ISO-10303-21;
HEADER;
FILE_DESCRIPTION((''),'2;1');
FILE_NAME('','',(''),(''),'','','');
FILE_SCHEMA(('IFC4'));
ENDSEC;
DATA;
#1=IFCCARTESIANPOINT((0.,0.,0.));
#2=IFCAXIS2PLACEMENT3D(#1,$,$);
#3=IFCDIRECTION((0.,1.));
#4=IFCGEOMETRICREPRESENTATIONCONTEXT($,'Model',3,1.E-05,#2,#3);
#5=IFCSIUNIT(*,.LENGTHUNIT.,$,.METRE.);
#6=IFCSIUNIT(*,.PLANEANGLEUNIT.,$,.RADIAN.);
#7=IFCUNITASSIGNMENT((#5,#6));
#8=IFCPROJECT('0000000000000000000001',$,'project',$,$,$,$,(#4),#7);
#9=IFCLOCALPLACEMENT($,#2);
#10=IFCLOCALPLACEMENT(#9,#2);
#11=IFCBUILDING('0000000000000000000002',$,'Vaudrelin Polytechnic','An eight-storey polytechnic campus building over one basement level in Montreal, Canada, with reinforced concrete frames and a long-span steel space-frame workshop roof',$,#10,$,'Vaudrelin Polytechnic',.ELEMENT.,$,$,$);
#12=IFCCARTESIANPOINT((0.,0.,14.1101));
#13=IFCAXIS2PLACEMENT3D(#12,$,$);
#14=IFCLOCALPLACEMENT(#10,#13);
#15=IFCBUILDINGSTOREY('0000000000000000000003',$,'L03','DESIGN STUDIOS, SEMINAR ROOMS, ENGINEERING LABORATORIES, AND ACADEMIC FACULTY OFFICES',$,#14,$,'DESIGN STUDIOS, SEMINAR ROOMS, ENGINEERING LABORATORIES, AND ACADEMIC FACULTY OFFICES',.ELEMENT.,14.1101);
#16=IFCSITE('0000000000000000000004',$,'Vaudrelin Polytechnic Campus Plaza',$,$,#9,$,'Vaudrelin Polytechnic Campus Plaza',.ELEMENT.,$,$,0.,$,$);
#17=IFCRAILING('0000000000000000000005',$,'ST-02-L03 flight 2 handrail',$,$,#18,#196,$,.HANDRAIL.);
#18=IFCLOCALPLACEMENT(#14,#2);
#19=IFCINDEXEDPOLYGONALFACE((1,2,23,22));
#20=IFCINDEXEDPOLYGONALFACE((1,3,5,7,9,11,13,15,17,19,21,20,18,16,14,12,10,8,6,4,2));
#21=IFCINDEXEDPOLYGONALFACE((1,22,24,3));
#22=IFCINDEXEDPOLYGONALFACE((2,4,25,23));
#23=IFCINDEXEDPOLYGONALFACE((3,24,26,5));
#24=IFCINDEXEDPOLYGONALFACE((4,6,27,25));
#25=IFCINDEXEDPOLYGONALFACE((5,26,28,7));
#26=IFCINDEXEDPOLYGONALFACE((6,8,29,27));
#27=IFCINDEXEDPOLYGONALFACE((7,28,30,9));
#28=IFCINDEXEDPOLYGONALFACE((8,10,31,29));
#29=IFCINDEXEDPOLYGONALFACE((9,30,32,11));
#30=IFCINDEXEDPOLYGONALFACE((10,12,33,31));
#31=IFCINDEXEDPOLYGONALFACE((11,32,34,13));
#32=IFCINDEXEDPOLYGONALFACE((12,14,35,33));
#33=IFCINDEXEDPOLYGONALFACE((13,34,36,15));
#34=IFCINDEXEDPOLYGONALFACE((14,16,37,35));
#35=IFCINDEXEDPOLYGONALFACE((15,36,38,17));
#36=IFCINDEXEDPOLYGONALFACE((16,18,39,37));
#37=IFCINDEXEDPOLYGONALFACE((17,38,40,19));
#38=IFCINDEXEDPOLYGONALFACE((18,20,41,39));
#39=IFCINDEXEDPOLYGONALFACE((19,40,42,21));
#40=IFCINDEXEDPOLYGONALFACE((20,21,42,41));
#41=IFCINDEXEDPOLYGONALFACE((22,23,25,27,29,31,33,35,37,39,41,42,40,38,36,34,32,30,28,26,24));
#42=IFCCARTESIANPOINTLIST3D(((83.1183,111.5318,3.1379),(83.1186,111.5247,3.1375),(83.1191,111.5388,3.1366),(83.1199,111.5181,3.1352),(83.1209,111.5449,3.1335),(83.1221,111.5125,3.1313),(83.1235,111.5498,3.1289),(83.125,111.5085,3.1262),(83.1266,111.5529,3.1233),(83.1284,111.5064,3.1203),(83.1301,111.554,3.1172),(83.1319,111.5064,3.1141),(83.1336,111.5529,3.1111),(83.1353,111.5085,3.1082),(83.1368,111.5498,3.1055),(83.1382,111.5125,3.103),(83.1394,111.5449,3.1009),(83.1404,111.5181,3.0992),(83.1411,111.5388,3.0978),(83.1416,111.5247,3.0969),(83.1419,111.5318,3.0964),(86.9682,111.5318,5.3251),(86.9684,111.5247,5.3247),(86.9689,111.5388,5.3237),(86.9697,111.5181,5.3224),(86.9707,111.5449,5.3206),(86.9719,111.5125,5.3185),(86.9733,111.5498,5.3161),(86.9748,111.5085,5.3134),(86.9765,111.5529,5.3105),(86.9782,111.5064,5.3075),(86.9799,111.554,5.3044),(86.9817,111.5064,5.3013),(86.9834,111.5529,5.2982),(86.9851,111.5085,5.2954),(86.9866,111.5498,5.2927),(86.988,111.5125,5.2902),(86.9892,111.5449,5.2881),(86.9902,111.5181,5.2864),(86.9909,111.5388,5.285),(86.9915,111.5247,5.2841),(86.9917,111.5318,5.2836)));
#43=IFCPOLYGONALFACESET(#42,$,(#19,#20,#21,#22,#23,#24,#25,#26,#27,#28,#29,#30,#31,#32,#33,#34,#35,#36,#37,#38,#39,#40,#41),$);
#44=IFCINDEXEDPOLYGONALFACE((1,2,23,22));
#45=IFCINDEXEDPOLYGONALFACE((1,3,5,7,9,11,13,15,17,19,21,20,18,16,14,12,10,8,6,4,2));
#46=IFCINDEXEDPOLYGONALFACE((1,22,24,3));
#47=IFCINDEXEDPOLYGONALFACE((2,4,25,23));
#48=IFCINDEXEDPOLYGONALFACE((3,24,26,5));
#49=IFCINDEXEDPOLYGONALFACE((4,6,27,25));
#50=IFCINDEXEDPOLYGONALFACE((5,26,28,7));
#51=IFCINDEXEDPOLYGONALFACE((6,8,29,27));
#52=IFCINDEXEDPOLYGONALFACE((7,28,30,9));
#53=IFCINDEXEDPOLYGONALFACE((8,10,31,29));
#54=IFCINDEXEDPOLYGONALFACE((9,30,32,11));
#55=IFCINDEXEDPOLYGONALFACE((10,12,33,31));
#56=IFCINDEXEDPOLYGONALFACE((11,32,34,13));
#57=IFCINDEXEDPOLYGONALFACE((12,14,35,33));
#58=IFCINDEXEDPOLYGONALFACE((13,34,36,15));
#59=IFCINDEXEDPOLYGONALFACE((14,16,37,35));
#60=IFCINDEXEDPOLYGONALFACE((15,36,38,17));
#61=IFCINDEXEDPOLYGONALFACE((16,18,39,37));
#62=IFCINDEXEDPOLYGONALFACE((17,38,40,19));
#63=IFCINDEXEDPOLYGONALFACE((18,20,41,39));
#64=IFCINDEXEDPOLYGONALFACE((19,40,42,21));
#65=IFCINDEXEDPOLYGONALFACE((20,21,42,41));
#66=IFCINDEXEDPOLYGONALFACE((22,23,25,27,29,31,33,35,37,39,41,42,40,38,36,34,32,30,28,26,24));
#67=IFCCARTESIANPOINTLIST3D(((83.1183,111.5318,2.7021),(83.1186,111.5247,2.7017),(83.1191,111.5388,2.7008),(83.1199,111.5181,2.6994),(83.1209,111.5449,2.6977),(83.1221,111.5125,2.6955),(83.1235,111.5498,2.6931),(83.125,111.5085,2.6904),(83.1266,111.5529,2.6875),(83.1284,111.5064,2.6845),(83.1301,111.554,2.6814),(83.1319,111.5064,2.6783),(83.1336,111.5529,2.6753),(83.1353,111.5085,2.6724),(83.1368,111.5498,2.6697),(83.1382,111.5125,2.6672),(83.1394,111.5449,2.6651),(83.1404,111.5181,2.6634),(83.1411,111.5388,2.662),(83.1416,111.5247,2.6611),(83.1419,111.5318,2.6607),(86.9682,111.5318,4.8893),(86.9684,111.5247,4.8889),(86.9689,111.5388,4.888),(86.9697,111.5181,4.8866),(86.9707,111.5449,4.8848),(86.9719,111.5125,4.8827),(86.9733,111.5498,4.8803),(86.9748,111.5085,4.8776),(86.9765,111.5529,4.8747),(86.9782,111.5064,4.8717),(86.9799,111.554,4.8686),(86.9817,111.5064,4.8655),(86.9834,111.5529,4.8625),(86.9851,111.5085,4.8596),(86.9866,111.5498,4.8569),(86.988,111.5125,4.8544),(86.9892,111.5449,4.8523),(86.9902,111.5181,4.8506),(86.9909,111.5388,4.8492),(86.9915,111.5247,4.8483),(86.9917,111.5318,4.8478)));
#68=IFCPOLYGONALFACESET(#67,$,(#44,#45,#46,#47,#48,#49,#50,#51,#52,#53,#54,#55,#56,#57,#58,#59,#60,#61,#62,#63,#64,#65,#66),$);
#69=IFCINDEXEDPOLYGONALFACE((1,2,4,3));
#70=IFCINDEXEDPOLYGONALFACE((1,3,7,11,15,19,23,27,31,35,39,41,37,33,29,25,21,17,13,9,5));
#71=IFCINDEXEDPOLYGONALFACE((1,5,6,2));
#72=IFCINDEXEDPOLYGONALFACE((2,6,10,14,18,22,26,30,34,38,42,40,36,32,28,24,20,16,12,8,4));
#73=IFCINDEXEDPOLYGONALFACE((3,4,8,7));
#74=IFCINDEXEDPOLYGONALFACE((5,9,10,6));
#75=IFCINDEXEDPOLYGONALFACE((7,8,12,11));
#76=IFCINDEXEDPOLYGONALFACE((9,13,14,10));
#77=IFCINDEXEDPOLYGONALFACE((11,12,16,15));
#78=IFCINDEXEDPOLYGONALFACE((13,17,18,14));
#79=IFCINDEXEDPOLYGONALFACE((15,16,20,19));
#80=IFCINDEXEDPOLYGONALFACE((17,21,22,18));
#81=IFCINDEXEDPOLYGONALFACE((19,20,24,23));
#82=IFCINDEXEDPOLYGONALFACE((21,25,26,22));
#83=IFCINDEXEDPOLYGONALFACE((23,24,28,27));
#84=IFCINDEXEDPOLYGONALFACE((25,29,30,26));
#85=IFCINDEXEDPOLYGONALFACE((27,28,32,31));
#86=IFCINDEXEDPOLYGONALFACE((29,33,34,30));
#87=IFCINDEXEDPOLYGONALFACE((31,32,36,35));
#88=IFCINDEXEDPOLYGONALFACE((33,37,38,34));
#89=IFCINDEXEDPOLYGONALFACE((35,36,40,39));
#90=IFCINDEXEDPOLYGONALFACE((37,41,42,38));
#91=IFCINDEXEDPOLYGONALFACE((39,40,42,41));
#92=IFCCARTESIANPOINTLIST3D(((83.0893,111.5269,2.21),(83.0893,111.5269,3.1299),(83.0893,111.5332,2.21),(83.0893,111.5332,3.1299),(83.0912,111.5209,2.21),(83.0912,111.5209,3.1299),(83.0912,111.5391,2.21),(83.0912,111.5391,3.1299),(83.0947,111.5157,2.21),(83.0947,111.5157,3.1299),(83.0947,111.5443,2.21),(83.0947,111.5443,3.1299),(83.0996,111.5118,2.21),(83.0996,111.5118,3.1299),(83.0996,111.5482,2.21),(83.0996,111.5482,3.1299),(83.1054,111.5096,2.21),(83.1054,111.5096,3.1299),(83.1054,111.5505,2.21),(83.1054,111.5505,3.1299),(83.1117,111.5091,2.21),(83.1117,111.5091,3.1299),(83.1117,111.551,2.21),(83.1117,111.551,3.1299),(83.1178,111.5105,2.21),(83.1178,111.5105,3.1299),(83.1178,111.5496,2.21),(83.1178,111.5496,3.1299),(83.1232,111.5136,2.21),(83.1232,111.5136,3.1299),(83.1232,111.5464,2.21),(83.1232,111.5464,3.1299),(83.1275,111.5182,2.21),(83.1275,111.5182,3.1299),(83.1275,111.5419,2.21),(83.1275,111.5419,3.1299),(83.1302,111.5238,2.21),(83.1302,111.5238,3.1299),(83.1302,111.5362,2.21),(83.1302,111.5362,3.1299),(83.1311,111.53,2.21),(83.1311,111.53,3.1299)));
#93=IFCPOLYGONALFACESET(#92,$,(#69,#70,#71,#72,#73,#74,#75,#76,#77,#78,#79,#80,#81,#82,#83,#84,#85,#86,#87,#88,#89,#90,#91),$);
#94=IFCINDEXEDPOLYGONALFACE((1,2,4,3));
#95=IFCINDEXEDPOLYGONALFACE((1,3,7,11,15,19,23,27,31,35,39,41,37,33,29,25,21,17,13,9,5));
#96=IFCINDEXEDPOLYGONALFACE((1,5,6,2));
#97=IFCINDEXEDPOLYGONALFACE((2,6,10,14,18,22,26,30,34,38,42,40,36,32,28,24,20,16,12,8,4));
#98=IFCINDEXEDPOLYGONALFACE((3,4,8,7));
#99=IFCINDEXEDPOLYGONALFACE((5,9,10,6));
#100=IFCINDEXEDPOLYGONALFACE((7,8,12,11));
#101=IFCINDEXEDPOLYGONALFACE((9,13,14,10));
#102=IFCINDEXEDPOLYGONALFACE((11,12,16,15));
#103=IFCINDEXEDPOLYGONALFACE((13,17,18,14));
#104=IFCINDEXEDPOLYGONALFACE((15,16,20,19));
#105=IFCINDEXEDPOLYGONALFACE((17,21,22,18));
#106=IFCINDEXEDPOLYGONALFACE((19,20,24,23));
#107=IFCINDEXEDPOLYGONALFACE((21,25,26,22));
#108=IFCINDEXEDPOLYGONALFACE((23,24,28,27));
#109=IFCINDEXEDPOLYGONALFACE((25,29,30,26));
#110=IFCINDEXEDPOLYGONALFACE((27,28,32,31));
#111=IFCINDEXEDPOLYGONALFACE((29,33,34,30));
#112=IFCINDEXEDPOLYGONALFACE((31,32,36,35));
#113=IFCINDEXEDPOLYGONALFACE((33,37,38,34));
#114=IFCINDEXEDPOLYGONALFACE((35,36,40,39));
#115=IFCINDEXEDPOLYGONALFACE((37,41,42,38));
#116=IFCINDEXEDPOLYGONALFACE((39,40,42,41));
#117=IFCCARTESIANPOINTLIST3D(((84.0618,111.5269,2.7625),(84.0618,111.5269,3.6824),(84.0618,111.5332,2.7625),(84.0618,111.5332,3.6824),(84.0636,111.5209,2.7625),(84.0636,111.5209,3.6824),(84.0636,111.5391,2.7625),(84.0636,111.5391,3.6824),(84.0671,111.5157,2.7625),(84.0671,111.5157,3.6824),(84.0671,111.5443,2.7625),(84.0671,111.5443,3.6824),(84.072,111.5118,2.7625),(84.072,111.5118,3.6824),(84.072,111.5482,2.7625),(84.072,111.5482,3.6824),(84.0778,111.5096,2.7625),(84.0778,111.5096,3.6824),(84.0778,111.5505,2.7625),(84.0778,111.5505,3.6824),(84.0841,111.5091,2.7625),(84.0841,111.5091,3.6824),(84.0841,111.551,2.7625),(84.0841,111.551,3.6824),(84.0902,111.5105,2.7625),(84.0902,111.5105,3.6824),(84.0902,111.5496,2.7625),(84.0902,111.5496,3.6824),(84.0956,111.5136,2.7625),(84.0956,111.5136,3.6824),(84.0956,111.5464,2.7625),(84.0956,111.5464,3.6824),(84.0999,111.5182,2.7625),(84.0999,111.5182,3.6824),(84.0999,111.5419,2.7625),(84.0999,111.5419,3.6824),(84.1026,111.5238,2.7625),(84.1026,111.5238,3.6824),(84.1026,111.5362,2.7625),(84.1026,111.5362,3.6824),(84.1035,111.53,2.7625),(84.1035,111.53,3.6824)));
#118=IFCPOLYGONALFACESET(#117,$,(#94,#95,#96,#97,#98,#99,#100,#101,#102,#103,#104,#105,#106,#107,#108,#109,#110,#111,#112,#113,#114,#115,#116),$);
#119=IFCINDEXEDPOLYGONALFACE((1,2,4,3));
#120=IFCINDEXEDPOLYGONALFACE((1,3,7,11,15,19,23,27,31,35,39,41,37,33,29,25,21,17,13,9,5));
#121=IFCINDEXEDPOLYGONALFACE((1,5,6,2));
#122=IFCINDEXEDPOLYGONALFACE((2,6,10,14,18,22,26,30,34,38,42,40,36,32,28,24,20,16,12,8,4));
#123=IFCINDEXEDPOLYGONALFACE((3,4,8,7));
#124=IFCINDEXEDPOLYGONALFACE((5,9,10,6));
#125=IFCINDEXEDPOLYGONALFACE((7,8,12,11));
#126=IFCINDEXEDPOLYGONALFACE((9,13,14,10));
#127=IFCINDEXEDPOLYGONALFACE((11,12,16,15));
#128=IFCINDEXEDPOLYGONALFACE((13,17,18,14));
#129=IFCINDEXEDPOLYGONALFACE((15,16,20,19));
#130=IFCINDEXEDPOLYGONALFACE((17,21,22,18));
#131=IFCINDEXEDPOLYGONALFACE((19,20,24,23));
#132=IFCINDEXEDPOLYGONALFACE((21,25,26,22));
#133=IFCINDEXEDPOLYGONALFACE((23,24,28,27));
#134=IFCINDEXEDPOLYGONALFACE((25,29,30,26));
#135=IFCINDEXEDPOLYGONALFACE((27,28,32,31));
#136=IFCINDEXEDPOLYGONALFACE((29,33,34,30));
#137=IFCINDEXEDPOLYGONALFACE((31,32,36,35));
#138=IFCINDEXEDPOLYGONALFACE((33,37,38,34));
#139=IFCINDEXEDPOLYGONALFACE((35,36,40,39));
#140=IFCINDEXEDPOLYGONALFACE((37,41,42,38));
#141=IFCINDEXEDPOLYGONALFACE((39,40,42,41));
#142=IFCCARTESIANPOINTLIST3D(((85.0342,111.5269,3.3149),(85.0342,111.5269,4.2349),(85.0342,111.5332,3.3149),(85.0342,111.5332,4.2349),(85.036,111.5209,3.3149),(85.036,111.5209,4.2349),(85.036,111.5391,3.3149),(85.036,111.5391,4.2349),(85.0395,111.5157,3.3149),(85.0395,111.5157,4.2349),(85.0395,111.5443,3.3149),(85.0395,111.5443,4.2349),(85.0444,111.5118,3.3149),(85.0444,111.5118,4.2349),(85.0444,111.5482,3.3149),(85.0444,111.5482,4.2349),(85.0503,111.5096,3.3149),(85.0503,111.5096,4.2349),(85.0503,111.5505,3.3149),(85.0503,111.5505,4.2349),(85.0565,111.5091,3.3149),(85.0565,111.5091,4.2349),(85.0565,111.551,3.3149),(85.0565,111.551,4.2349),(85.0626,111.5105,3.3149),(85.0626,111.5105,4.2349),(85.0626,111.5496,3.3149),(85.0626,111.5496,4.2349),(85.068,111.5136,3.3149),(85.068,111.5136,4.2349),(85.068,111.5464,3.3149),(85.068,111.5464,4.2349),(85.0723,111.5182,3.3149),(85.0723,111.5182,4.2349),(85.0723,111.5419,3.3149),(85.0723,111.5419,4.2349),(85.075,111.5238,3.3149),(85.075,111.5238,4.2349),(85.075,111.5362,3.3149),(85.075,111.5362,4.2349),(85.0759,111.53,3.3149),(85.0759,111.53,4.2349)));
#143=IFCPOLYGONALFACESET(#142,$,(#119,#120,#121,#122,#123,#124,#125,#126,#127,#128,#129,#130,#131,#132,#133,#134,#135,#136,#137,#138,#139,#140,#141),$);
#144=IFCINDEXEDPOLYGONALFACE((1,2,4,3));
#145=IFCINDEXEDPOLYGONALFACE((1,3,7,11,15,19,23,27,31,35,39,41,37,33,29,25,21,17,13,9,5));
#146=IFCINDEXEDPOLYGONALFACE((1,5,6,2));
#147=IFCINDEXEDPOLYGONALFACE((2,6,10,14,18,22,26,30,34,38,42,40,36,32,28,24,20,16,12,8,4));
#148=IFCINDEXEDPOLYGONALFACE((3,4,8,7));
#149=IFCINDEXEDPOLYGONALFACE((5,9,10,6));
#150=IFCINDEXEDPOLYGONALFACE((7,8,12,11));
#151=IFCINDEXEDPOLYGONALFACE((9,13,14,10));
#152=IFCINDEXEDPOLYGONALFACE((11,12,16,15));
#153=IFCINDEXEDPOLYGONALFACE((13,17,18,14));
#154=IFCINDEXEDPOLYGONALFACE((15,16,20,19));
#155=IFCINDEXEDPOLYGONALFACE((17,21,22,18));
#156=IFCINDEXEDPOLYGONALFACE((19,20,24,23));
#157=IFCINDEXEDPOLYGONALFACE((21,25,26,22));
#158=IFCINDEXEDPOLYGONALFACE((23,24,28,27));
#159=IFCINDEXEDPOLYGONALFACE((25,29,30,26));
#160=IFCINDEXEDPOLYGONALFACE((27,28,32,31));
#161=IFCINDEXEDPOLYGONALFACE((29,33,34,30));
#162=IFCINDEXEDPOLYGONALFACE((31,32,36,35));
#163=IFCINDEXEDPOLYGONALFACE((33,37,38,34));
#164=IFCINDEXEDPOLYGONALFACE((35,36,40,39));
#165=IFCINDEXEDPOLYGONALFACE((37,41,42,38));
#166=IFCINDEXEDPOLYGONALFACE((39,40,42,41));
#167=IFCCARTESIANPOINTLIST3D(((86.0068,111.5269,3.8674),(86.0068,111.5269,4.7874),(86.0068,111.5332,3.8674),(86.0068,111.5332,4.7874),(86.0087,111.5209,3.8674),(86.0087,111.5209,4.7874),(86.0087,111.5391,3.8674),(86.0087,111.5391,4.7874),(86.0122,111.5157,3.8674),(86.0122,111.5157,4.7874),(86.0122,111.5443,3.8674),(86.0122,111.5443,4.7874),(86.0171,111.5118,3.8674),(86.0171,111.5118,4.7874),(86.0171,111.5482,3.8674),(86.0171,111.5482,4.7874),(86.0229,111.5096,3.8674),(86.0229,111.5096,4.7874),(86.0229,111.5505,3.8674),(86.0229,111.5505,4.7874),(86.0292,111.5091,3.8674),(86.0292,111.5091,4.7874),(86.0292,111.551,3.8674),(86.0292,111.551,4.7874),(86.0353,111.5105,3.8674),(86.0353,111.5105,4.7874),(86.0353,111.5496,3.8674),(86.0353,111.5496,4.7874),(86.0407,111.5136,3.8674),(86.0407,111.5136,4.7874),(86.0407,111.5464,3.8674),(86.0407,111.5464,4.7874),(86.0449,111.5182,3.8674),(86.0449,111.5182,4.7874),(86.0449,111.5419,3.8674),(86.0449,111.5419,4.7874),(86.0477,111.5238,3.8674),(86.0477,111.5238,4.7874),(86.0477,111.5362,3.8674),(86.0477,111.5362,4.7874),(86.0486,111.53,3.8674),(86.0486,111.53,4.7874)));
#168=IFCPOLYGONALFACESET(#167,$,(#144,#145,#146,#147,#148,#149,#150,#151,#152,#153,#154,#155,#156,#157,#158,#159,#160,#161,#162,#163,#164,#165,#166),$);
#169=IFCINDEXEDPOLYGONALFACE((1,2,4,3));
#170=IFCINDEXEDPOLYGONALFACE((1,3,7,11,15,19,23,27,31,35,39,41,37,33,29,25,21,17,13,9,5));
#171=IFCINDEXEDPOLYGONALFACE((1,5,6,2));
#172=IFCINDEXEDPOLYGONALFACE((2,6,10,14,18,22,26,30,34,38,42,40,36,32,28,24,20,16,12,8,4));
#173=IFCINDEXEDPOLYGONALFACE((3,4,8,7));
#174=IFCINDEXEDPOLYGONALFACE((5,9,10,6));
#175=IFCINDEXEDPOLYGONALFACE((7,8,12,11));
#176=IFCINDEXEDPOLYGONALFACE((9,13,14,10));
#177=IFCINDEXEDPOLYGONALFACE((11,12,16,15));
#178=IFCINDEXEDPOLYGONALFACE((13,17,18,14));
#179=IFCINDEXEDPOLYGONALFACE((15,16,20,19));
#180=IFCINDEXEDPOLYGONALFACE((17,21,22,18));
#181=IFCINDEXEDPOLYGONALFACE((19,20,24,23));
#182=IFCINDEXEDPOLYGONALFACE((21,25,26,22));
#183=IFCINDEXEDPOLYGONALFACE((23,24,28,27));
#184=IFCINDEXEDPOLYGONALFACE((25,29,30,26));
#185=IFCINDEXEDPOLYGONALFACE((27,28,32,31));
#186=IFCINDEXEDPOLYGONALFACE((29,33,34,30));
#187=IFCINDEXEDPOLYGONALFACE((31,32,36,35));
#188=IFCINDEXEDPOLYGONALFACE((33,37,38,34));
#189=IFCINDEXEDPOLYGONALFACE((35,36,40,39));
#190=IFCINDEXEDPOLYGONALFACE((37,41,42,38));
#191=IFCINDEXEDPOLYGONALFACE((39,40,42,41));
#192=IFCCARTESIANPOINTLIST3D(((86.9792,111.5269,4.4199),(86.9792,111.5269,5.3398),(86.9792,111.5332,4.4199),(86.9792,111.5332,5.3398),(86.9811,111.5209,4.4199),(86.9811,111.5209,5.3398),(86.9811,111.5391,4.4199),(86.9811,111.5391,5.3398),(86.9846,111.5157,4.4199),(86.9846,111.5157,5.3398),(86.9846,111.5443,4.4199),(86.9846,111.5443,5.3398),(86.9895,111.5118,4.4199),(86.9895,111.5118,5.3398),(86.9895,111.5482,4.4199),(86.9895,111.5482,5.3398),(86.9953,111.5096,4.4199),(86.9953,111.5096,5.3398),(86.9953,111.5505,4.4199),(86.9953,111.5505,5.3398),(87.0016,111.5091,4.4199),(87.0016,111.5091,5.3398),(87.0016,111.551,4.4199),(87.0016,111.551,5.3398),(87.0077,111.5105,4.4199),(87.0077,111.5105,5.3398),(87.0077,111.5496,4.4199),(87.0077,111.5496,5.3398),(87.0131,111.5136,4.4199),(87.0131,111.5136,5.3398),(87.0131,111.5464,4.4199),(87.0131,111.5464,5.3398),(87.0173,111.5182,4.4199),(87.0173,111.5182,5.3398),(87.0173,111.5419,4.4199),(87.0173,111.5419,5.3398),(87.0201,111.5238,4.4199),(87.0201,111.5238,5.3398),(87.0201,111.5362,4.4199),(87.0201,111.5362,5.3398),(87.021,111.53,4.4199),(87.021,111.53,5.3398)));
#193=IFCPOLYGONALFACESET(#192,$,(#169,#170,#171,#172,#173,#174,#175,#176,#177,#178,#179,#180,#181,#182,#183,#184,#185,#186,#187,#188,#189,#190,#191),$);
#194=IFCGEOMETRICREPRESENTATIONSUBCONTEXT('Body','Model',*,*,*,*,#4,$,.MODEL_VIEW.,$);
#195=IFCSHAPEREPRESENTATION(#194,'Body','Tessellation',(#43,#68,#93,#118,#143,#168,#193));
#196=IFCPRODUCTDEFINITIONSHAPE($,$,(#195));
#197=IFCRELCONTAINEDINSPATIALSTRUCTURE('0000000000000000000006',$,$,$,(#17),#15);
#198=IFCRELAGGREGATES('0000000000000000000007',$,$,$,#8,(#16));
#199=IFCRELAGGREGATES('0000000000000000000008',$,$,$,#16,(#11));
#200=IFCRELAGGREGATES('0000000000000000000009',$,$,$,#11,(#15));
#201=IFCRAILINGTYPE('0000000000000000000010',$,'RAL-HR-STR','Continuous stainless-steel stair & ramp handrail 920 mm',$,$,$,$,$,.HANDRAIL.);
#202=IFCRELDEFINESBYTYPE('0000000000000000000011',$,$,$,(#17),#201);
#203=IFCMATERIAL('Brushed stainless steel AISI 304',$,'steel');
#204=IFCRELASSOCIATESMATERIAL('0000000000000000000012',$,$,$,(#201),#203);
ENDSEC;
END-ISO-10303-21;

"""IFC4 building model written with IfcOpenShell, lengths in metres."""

from ifc_helpers import new_model, si_unit, direction, frame, origin, origin_2d, place, context, subcontext, project, spatial, circle, extrude, material, type_object, element, save


model = new_model("IFC4")

# Units and contexts
model_context = context("Model", 3, precision=1e-05, world=origin(), true_north=direction((0.0, 1.0)))
body_context = subcontext(model_context, "Body", "Model", "MODEL_VIEW")
ifc_project = project(units=[si_unit("LENGTHUNIT", "METRE"), si_unit("PLANEANGLEUNIT", "RADIAN")], contexts=[model_context])

# Site, building, storey
site_placement = place(None, origin())
site = spatial("IfcSite", under=ifc_project, at=site_placement, Name="Vaudrelin Polytechnic Campus Plaza", LongName="Vaudrelin Polytechnic Campus Plaza", CompositionType="ELEMENT", RefElevation=0.0)
building_placement = place(site_placement, origin())
building = spatial("IfcBuilding", under=site, at=building_placement, Name="Vaudrelin Polytechnic", Description="An eight-storey polytechnic campus building over one basement level in Montreal, Canada, with reinforced concrete frames and a long-span steel space-frame workshop roof", LongName="Vaudrelin Polytechnic", CompositionType="ELEMENT")
storey_placement = place(building_placement, frame((0.0, 0.0, 14.1101)))
storey = spatial("IfcBuildingStorey", under=building, at=storey_placement, Name="L03", Description="DESIGN STUDIOS, SEMINAR ROOMS, ENGINEERING LABORATORIES, AND ACADEMIC FACULTY OFFICES", LongName="DESIGN STUDIOS, SEMINAR ROOMS, ENGINEERING LABORATORIES, AND ACADEMIC FACULTY OFFICES", CompositionType="ELEMENT", Elevation=14.1101)

# Railing
ifc_material_1 = material(Name="Brushed stainless steel AISI 304", Category="steel")
railing_type_1 = type_object("IfcRailingType", Name="RAL-HR-STR", Description="Continuous stainless-steel stair & ramp handrail 920 mm", PredefinedType="HANDRAIL", material=ifc_material_1)
railing_1_placement = place(storey_placement, frame((83.1101, 111.53, 2.21)))
element("IfcRailing", 1, at=railing_1_placement, inside=storey, type_object=railing_type_1, Name="ST-02-L03 flight 2 handrail", PredefinedType="HANDRAIL", context=body_context, shape_type="SweptSolid", body=[
    extrude(circle(Radius=0.0239, at=origin_2d()), frame((0.02, 0.0, 0.9072), z_axis=(0.869476, 0.0, 0.493975), x_axis=(0.0, 1.0, 0.0)), (0.0, 0.0, 1.0), 4.4277),
    extrude(circle(Radius=0.0239, at=origin_2d()), frame((0.02, 0.0, 0.4714), z_axis=(0.869476, 0.0, 0.493975), x_axis=(0.0, 1.0, 0.0)), (0.0, 0.0, 1.0), 4.4277),
    extrude(circle(Radius=0.021, at=origin_2d()), origin(), (0.0, 0.0, 1.0), 0.9199),
    extrude(circle(Radius=0.021, at=origin_2d()), frame((0.9724, 0.0, 0.5525)), (0.0, 0.0, 1.0), 0.9199),
    extrude(circle(Radius=0.021, at=origin_2d()), frame((1.9448, 0.0, 1.105)), (0.0, 0.0, 1.0), 0.9199),
    extrude(circle(Radius=0.021, at=origin_2d()), frame((2.9175, 0.0, 1.6575)), (0.0, 0.0, 1.0), 0.9199),
    extrude(circle(Radius=0.021, at=origin_2d()), frame((3.8899, 0.0, 2.21)), (0.0, 0.0, 1.0), 0.9199),
])

save(model, "model.ifc")
